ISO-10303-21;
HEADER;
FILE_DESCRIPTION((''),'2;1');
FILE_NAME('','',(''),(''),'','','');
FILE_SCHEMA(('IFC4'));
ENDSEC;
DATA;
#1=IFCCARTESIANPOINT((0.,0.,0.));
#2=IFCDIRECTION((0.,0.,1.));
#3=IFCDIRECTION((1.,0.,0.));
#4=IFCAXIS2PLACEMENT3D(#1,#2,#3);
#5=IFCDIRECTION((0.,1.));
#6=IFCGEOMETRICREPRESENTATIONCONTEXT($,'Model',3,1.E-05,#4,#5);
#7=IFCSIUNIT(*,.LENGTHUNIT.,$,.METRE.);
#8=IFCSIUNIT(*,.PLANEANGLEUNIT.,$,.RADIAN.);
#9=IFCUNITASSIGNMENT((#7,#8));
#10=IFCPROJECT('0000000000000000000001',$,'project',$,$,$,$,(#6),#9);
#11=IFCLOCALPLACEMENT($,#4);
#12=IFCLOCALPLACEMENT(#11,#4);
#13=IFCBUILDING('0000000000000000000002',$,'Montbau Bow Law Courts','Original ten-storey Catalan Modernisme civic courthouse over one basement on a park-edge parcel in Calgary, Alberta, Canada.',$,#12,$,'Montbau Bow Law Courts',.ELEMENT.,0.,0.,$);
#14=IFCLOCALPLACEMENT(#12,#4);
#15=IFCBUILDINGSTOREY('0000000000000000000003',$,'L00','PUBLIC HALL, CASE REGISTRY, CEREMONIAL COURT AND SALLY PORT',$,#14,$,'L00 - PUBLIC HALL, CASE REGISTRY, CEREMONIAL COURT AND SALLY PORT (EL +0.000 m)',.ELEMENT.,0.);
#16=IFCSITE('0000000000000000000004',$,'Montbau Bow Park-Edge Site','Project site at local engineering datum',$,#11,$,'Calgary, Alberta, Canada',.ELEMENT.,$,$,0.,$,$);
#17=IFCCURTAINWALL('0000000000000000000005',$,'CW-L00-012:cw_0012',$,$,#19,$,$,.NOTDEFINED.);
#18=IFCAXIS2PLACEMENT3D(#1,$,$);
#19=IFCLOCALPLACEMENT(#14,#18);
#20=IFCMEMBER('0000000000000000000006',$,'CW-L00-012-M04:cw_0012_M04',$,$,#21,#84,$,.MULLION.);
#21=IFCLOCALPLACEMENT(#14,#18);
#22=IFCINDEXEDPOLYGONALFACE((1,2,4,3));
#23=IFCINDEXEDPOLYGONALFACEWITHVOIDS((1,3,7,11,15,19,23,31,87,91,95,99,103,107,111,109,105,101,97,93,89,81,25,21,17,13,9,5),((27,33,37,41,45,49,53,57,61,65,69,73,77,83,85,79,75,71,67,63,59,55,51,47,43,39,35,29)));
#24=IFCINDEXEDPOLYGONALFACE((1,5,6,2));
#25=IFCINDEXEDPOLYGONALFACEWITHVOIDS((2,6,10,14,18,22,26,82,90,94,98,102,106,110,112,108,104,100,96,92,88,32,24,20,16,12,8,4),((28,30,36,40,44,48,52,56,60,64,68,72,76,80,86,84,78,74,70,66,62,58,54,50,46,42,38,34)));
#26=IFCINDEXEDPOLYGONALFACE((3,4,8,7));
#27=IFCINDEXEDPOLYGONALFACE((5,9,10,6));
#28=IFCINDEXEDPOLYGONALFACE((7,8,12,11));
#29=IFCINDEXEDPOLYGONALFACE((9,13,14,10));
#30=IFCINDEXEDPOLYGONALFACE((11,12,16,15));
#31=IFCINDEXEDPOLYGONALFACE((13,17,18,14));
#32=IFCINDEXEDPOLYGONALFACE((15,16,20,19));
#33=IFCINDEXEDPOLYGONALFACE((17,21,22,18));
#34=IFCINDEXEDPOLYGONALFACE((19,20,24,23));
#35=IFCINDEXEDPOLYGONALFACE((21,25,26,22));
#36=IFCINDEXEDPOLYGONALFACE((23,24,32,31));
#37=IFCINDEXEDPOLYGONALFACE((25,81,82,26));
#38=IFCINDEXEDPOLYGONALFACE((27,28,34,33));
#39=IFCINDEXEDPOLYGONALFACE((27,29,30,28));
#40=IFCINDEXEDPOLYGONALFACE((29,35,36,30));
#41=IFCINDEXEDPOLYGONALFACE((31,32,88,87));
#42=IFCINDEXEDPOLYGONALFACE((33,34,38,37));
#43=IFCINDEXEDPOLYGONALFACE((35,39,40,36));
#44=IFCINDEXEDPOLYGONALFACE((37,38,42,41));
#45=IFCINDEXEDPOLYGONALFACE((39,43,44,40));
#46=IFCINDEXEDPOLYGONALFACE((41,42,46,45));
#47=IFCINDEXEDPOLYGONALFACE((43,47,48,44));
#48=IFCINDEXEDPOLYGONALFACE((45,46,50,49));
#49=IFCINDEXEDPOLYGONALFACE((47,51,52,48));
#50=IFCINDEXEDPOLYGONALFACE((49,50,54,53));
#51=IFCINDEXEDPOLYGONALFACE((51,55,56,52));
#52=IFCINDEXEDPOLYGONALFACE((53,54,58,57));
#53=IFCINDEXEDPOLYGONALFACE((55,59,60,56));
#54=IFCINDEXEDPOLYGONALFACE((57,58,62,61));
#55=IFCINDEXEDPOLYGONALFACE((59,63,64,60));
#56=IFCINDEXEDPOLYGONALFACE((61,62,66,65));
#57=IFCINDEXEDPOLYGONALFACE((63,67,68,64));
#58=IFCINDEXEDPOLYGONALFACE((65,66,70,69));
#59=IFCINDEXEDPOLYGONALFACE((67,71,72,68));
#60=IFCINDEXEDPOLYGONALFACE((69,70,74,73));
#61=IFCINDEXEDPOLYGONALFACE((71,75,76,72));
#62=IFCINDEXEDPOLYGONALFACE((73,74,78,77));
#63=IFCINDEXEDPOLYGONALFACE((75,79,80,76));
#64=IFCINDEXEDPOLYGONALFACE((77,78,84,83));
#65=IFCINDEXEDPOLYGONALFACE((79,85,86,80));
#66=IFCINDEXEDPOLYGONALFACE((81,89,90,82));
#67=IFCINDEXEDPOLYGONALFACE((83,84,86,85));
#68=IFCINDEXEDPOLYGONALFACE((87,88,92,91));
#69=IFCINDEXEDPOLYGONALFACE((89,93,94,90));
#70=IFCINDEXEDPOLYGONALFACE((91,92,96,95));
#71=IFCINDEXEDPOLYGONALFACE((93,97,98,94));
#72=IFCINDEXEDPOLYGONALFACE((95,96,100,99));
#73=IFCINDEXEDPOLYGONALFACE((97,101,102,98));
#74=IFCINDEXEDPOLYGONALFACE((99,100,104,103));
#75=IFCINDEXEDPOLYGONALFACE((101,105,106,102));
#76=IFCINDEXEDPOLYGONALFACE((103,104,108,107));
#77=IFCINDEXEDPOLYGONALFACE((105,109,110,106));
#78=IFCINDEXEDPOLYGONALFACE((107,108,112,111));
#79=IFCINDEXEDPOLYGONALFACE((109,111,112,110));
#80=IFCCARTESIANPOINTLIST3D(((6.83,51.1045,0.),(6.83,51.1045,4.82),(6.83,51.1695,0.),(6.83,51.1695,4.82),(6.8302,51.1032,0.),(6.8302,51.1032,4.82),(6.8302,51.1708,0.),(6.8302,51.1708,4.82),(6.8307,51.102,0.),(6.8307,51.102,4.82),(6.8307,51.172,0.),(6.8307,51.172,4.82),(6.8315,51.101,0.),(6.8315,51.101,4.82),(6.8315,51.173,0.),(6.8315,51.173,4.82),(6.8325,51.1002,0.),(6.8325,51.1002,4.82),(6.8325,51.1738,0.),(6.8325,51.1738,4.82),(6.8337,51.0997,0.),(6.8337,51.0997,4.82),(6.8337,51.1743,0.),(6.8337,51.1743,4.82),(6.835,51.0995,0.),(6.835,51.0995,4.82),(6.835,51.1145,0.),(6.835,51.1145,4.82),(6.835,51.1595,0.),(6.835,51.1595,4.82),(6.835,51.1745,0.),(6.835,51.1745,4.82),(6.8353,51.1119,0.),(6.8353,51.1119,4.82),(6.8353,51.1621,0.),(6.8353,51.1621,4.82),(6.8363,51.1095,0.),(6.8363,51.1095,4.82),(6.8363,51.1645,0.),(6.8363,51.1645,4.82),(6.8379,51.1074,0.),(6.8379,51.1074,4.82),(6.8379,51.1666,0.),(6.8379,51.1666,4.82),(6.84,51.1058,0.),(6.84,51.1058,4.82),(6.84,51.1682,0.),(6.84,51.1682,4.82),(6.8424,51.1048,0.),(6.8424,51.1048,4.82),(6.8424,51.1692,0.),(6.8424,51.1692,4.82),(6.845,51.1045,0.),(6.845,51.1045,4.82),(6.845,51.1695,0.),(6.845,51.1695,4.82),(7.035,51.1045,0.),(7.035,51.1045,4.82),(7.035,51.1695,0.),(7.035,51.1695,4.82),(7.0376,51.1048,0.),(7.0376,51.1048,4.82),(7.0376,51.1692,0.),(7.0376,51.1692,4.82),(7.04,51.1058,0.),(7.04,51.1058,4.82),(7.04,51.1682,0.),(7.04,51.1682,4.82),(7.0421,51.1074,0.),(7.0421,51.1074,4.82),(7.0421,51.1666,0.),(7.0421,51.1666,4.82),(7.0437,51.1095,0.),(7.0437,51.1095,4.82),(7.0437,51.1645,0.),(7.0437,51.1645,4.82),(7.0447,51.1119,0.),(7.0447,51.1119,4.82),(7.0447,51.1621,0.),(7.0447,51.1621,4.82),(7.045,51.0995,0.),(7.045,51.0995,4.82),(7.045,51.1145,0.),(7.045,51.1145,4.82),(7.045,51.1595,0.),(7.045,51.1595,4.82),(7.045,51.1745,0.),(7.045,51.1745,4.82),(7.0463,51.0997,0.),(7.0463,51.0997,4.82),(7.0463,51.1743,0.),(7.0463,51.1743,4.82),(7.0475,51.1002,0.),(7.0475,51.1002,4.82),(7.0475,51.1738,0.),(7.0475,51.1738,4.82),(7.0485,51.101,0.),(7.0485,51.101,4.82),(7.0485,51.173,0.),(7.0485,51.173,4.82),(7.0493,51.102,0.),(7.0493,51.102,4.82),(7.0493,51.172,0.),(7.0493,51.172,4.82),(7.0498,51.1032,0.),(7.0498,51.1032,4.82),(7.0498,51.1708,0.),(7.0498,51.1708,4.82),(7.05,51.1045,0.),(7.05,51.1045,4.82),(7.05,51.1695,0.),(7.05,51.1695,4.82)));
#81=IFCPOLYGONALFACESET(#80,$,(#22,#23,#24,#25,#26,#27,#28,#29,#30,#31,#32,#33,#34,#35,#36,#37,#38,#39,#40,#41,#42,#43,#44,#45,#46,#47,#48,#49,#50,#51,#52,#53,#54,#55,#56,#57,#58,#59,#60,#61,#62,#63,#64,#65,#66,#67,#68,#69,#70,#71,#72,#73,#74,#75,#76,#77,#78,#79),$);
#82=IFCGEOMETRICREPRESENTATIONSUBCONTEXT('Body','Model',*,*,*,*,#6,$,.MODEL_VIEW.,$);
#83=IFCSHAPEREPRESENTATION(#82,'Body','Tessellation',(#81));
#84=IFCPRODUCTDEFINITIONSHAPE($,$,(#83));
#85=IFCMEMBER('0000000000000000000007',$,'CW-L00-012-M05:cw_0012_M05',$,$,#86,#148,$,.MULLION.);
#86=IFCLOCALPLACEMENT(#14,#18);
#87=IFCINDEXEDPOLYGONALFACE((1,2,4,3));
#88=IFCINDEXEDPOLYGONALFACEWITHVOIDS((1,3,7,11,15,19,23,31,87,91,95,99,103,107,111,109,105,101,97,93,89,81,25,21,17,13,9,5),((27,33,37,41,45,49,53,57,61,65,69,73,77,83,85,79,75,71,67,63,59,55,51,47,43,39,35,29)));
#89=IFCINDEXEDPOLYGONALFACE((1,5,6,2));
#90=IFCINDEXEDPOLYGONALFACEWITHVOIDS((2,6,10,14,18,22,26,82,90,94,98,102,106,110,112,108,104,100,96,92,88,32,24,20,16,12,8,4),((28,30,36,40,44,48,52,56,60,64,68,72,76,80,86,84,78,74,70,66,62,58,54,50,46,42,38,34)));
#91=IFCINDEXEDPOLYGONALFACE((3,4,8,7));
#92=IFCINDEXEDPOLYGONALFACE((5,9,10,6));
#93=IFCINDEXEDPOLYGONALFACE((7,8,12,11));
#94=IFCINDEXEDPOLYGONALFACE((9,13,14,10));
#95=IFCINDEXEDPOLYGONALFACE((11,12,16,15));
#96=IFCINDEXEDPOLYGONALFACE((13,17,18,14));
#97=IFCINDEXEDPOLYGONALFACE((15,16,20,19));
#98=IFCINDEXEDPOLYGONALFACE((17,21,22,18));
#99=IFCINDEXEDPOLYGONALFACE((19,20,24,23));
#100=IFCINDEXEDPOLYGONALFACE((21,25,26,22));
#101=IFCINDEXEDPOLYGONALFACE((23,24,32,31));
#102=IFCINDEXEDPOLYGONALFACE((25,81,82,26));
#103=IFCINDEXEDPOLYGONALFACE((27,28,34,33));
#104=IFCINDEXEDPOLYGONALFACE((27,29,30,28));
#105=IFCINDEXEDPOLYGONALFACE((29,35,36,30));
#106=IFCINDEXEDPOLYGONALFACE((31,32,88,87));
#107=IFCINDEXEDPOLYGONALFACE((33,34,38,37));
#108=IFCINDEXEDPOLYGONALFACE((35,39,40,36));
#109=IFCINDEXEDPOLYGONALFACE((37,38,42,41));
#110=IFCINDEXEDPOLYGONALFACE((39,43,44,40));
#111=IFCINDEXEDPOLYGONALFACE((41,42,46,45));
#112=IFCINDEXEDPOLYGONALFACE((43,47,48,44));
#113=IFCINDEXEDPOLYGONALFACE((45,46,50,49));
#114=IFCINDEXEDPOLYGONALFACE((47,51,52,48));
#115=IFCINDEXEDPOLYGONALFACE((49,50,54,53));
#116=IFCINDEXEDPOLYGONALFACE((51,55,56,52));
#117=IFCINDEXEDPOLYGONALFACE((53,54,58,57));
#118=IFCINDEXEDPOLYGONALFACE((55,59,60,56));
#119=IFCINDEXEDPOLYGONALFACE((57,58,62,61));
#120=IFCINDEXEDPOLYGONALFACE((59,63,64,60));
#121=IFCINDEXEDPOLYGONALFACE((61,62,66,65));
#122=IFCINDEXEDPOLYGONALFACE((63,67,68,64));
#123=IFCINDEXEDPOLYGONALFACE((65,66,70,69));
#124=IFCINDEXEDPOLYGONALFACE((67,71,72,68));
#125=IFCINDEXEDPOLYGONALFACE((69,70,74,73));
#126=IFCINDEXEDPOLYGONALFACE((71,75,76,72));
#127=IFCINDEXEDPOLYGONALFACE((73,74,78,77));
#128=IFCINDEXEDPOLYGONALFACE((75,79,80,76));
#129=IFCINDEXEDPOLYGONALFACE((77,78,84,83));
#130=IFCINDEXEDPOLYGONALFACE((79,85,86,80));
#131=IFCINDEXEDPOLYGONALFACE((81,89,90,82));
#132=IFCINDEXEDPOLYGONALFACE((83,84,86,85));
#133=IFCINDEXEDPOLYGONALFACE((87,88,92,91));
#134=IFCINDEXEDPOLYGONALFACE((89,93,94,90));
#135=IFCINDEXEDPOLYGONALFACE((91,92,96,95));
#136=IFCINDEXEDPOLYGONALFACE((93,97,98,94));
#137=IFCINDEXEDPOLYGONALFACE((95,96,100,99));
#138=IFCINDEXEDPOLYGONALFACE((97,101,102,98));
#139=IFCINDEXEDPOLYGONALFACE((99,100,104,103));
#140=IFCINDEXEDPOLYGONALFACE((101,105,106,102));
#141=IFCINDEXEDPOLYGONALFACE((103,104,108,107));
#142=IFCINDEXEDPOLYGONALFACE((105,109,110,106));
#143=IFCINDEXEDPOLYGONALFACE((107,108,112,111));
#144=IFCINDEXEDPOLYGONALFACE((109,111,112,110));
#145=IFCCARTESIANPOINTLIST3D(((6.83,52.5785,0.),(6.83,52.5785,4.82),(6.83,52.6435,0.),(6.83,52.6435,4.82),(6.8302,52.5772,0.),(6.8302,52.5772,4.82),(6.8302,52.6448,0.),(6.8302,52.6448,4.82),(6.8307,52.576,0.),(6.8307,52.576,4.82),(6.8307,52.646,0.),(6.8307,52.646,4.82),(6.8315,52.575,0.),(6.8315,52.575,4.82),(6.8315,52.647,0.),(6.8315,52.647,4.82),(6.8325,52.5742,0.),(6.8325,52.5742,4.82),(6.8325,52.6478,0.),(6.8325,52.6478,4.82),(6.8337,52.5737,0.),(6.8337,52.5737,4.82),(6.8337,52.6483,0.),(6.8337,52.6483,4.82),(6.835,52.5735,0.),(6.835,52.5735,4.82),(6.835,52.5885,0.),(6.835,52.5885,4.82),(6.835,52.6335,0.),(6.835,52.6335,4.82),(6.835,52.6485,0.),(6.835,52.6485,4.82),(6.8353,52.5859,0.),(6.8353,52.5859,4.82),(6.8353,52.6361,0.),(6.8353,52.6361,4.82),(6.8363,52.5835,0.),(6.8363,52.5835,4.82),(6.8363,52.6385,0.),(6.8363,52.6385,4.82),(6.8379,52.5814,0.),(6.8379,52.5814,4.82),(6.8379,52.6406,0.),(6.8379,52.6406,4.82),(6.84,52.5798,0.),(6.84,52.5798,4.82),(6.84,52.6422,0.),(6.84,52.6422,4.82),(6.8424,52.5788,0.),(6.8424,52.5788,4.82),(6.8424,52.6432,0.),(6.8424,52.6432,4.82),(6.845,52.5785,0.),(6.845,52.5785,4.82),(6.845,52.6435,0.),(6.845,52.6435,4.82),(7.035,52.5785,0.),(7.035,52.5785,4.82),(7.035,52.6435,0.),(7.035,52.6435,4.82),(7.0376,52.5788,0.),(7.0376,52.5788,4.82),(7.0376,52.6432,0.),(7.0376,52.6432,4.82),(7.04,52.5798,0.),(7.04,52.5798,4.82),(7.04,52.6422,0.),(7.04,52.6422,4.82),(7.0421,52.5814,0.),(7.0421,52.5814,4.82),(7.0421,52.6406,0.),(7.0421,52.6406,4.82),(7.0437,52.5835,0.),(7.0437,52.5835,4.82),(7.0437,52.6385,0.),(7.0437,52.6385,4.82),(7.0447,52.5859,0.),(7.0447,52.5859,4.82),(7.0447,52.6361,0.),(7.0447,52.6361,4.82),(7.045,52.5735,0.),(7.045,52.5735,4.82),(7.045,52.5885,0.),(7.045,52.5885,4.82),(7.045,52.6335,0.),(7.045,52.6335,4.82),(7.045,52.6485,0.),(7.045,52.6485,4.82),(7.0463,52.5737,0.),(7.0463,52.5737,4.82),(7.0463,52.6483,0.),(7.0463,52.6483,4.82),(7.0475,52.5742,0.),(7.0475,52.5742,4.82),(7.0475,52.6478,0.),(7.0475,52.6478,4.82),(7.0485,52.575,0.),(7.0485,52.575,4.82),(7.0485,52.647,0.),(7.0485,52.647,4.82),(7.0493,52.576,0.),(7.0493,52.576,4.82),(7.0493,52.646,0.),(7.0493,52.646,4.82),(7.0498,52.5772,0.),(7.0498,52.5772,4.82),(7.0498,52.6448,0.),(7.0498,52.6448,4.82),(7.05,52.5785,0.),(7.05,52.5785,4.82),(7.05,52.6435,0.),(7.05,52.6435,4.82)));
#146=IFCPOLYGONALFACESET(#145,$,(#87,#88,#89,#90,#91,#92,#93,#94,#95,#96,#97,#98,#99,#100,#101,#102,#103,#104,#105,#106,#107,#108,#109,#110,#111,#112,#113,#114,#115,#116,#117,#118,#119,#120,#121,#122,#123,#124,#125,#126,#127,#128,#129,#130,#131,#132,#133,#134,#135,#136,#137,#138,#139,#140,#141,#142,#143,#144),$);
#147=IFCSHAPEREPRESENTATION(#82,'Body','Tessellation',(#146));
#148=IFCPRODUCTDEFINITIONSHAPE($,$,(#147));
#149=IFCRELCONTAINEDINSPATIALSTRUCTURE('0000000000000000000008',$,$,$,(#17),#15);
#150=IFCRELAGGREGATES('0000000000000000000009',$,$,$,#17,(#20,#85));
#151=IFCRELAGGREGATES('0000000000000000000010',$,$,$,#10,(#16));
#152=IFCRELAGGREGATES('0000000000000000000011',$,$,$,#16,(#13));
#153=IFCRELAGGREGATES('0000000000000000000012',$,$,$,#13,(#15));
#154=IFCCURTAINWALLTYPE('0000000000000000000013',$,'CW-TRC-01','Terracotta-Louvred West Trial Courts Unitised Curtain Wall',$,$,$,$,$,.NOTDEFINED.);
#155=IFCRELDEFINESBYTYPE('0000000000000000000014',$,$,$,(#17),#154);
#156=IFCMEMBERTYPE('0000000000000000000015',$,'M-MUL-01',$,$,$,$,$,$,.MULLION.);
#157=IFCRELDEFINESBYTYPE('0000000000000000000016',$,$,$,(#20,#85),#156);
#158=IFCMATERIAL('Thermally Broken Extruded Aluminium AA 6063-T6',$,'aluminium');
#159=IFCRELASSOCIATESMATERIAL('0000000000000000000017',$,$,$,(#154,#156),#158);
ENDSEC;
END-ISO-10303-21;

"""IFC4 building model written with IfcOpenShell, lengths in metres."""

from ifc_helpers import new_model, si_unit, direction, frame, origin_with_axes, origin_2d_with_axis, place, context, subcontext, project, spatial, hollow_rectangle, extrude, material, material_profile, profile_set, type_object, element, aggregate, save


model = new_model("IFC4")

# Units and contexts
model_context = context("Model", 3, precision=1e-05, world=origin_with_axes(), true_north=direction((0.0, 1.0)))
body_context = subcontext(model_context, "Body", "Model", "MODEL_VIEW")
ifc_project = project(units=[si_unit("LENGTHUNIT", "METRE"), si_unit("PLANEANGLEUNIT", "RADIAN")], contexts=[model_context])

# Site, building, storey
site_placement = place(None, origin_with_axes())
site = spatial("IfcSite", under=ifc_project, at=site_placement, Name="Montbau Bow Park-Edge Site", Description="Project site at local engineering datum", LongName="Calgary, Alberta, Canada", CompositionType="ELEMENT", RefElevation=0.0)
building_placement = place(site_placement, origin_with_axes())
building = spatial("IfcBuilding", under=site, at=building_placement, Name="Montbau Bow Law Courts", Description="Original ten-storey Catalan Modernisme civic courthouse over one basement on a park-edge parcel in Calgary, Alberta, Canada.", LongName="Montbau Bow Law Courts", CompositionType="ELEMENT", ElevationOfRefHeight=0.0, ElevationOfTerrain=0.0)
storey_placement = place(building_placement, origin_with_axes())
storey = spatial("IfcBuildingStorey", under=building, at=storey_placement, Name="L00", Description="PUBLIC HALL, CASE REGISTRY, CEREMONIAL COURT AND SALLY PORT", LongName="L00 - PUBLIC HALL, CASE REGISTRY, CEREMONIAL COURT AND SALLY PORT (EL +0.000 m)", CompositionType="ELEMENT", Elevation=0.0)

# Curtain wall, members
ifc_material_1 = material(Name="Thermally Broken Extruded Aluminium AA 6063-T6", Category="aluminium")
curtain_wall_type = type_object("IfcCurtainWallType", Name="CW-TRC-01", Description="Terracotta-Louvred West Trial Courts Unitised Curtain Wall", PredefinedType="NOTDEFINED", material=ifc_material_1)
ifc_material_profile_1 = material_profile(ifc_material_1, hollow_rectangle(XDim=0.075, YDim=0.22, WallThickness=0.005, InnerFilletRadius=0.01, OuterFilletRadius=0.005, at=origin_2d_with_axis()), Name="CWM-220X75", Category="Main", Priority=0)
ifc_profile_set_1 = profile_set([ifc_material_profile_1], Name="Thermally Broken Extruded Aluminium AA 6063-T6")
member_type_1 = type_object("IfcMemberType", Name="M-MUL-01", PredefinedType="MULLION", material=ifc_profile_set_1)
curtain_wall_1_placement = place(None, frame((6.94, 46.715, 0.0), z_axis=(0.0, 0.0, 1.0), x_axis=(1.0, 0.0, 0.0)))
curtain_wall_1 = element("IfcCurtainWall", 1, at=curtain_wall_1_placement, inside=storey, type_object=curtain_wall_type, Name="CW-L00-012:cw_0012", PredefinedType="NOTDEFINED")
member_1_placement = place(None, frame((6.94, 51.137, 0.0), z_axis=(0.0, 0.0, 1.0), x_axis=(0.0, 1.0, 0.0)))
member_1 = element("IfcMember", 2, at=member_1_placement, type_object=member_type_1, Name="CW-L00-012-M04:cw_0012_M04", PredefinedType="MULLION", context=body_context, shape_type="SweptSolid", body=[
    extrude(hollow_rectangle(XDim=0.075, YDim=0.22, WallThickness=0.005, InnerFilletRadius=0.01, OuterFilletRadius=0.005, at=origin_2d_with_axis()), origin_with_axes(), (0.0, 0.0, 1.0), 4.82),
])
member_2_placement = place(None, frame((6.94, 52.611, 0.0), z_axis=(0.0, 0.0, 1.0), x_axis=(0.0, 1.0, 0.0)))
member_2 = element("IfcMember", 3, at=member_2_placement, type_object=member_type_1, Name="CW-L00-012-M05:cw_0012_M05", PredefinedType="MULLION", context=body_context, shape_type="SweptSolid", body=[
    extrude(hollow_rectangle(XDim=0.075, YDim=0.22, WallThickness=0.005, InnerFilletRadius=0.01, OuterFilletRadius=0.005, at=origin_2d_with_axis()), origin_with_axes(), (0.0, 0.0, 1.0), 4.82),
])

aggregate(curtain_wall_1, [member_1, member_2])

save(model, "model.ifc")
